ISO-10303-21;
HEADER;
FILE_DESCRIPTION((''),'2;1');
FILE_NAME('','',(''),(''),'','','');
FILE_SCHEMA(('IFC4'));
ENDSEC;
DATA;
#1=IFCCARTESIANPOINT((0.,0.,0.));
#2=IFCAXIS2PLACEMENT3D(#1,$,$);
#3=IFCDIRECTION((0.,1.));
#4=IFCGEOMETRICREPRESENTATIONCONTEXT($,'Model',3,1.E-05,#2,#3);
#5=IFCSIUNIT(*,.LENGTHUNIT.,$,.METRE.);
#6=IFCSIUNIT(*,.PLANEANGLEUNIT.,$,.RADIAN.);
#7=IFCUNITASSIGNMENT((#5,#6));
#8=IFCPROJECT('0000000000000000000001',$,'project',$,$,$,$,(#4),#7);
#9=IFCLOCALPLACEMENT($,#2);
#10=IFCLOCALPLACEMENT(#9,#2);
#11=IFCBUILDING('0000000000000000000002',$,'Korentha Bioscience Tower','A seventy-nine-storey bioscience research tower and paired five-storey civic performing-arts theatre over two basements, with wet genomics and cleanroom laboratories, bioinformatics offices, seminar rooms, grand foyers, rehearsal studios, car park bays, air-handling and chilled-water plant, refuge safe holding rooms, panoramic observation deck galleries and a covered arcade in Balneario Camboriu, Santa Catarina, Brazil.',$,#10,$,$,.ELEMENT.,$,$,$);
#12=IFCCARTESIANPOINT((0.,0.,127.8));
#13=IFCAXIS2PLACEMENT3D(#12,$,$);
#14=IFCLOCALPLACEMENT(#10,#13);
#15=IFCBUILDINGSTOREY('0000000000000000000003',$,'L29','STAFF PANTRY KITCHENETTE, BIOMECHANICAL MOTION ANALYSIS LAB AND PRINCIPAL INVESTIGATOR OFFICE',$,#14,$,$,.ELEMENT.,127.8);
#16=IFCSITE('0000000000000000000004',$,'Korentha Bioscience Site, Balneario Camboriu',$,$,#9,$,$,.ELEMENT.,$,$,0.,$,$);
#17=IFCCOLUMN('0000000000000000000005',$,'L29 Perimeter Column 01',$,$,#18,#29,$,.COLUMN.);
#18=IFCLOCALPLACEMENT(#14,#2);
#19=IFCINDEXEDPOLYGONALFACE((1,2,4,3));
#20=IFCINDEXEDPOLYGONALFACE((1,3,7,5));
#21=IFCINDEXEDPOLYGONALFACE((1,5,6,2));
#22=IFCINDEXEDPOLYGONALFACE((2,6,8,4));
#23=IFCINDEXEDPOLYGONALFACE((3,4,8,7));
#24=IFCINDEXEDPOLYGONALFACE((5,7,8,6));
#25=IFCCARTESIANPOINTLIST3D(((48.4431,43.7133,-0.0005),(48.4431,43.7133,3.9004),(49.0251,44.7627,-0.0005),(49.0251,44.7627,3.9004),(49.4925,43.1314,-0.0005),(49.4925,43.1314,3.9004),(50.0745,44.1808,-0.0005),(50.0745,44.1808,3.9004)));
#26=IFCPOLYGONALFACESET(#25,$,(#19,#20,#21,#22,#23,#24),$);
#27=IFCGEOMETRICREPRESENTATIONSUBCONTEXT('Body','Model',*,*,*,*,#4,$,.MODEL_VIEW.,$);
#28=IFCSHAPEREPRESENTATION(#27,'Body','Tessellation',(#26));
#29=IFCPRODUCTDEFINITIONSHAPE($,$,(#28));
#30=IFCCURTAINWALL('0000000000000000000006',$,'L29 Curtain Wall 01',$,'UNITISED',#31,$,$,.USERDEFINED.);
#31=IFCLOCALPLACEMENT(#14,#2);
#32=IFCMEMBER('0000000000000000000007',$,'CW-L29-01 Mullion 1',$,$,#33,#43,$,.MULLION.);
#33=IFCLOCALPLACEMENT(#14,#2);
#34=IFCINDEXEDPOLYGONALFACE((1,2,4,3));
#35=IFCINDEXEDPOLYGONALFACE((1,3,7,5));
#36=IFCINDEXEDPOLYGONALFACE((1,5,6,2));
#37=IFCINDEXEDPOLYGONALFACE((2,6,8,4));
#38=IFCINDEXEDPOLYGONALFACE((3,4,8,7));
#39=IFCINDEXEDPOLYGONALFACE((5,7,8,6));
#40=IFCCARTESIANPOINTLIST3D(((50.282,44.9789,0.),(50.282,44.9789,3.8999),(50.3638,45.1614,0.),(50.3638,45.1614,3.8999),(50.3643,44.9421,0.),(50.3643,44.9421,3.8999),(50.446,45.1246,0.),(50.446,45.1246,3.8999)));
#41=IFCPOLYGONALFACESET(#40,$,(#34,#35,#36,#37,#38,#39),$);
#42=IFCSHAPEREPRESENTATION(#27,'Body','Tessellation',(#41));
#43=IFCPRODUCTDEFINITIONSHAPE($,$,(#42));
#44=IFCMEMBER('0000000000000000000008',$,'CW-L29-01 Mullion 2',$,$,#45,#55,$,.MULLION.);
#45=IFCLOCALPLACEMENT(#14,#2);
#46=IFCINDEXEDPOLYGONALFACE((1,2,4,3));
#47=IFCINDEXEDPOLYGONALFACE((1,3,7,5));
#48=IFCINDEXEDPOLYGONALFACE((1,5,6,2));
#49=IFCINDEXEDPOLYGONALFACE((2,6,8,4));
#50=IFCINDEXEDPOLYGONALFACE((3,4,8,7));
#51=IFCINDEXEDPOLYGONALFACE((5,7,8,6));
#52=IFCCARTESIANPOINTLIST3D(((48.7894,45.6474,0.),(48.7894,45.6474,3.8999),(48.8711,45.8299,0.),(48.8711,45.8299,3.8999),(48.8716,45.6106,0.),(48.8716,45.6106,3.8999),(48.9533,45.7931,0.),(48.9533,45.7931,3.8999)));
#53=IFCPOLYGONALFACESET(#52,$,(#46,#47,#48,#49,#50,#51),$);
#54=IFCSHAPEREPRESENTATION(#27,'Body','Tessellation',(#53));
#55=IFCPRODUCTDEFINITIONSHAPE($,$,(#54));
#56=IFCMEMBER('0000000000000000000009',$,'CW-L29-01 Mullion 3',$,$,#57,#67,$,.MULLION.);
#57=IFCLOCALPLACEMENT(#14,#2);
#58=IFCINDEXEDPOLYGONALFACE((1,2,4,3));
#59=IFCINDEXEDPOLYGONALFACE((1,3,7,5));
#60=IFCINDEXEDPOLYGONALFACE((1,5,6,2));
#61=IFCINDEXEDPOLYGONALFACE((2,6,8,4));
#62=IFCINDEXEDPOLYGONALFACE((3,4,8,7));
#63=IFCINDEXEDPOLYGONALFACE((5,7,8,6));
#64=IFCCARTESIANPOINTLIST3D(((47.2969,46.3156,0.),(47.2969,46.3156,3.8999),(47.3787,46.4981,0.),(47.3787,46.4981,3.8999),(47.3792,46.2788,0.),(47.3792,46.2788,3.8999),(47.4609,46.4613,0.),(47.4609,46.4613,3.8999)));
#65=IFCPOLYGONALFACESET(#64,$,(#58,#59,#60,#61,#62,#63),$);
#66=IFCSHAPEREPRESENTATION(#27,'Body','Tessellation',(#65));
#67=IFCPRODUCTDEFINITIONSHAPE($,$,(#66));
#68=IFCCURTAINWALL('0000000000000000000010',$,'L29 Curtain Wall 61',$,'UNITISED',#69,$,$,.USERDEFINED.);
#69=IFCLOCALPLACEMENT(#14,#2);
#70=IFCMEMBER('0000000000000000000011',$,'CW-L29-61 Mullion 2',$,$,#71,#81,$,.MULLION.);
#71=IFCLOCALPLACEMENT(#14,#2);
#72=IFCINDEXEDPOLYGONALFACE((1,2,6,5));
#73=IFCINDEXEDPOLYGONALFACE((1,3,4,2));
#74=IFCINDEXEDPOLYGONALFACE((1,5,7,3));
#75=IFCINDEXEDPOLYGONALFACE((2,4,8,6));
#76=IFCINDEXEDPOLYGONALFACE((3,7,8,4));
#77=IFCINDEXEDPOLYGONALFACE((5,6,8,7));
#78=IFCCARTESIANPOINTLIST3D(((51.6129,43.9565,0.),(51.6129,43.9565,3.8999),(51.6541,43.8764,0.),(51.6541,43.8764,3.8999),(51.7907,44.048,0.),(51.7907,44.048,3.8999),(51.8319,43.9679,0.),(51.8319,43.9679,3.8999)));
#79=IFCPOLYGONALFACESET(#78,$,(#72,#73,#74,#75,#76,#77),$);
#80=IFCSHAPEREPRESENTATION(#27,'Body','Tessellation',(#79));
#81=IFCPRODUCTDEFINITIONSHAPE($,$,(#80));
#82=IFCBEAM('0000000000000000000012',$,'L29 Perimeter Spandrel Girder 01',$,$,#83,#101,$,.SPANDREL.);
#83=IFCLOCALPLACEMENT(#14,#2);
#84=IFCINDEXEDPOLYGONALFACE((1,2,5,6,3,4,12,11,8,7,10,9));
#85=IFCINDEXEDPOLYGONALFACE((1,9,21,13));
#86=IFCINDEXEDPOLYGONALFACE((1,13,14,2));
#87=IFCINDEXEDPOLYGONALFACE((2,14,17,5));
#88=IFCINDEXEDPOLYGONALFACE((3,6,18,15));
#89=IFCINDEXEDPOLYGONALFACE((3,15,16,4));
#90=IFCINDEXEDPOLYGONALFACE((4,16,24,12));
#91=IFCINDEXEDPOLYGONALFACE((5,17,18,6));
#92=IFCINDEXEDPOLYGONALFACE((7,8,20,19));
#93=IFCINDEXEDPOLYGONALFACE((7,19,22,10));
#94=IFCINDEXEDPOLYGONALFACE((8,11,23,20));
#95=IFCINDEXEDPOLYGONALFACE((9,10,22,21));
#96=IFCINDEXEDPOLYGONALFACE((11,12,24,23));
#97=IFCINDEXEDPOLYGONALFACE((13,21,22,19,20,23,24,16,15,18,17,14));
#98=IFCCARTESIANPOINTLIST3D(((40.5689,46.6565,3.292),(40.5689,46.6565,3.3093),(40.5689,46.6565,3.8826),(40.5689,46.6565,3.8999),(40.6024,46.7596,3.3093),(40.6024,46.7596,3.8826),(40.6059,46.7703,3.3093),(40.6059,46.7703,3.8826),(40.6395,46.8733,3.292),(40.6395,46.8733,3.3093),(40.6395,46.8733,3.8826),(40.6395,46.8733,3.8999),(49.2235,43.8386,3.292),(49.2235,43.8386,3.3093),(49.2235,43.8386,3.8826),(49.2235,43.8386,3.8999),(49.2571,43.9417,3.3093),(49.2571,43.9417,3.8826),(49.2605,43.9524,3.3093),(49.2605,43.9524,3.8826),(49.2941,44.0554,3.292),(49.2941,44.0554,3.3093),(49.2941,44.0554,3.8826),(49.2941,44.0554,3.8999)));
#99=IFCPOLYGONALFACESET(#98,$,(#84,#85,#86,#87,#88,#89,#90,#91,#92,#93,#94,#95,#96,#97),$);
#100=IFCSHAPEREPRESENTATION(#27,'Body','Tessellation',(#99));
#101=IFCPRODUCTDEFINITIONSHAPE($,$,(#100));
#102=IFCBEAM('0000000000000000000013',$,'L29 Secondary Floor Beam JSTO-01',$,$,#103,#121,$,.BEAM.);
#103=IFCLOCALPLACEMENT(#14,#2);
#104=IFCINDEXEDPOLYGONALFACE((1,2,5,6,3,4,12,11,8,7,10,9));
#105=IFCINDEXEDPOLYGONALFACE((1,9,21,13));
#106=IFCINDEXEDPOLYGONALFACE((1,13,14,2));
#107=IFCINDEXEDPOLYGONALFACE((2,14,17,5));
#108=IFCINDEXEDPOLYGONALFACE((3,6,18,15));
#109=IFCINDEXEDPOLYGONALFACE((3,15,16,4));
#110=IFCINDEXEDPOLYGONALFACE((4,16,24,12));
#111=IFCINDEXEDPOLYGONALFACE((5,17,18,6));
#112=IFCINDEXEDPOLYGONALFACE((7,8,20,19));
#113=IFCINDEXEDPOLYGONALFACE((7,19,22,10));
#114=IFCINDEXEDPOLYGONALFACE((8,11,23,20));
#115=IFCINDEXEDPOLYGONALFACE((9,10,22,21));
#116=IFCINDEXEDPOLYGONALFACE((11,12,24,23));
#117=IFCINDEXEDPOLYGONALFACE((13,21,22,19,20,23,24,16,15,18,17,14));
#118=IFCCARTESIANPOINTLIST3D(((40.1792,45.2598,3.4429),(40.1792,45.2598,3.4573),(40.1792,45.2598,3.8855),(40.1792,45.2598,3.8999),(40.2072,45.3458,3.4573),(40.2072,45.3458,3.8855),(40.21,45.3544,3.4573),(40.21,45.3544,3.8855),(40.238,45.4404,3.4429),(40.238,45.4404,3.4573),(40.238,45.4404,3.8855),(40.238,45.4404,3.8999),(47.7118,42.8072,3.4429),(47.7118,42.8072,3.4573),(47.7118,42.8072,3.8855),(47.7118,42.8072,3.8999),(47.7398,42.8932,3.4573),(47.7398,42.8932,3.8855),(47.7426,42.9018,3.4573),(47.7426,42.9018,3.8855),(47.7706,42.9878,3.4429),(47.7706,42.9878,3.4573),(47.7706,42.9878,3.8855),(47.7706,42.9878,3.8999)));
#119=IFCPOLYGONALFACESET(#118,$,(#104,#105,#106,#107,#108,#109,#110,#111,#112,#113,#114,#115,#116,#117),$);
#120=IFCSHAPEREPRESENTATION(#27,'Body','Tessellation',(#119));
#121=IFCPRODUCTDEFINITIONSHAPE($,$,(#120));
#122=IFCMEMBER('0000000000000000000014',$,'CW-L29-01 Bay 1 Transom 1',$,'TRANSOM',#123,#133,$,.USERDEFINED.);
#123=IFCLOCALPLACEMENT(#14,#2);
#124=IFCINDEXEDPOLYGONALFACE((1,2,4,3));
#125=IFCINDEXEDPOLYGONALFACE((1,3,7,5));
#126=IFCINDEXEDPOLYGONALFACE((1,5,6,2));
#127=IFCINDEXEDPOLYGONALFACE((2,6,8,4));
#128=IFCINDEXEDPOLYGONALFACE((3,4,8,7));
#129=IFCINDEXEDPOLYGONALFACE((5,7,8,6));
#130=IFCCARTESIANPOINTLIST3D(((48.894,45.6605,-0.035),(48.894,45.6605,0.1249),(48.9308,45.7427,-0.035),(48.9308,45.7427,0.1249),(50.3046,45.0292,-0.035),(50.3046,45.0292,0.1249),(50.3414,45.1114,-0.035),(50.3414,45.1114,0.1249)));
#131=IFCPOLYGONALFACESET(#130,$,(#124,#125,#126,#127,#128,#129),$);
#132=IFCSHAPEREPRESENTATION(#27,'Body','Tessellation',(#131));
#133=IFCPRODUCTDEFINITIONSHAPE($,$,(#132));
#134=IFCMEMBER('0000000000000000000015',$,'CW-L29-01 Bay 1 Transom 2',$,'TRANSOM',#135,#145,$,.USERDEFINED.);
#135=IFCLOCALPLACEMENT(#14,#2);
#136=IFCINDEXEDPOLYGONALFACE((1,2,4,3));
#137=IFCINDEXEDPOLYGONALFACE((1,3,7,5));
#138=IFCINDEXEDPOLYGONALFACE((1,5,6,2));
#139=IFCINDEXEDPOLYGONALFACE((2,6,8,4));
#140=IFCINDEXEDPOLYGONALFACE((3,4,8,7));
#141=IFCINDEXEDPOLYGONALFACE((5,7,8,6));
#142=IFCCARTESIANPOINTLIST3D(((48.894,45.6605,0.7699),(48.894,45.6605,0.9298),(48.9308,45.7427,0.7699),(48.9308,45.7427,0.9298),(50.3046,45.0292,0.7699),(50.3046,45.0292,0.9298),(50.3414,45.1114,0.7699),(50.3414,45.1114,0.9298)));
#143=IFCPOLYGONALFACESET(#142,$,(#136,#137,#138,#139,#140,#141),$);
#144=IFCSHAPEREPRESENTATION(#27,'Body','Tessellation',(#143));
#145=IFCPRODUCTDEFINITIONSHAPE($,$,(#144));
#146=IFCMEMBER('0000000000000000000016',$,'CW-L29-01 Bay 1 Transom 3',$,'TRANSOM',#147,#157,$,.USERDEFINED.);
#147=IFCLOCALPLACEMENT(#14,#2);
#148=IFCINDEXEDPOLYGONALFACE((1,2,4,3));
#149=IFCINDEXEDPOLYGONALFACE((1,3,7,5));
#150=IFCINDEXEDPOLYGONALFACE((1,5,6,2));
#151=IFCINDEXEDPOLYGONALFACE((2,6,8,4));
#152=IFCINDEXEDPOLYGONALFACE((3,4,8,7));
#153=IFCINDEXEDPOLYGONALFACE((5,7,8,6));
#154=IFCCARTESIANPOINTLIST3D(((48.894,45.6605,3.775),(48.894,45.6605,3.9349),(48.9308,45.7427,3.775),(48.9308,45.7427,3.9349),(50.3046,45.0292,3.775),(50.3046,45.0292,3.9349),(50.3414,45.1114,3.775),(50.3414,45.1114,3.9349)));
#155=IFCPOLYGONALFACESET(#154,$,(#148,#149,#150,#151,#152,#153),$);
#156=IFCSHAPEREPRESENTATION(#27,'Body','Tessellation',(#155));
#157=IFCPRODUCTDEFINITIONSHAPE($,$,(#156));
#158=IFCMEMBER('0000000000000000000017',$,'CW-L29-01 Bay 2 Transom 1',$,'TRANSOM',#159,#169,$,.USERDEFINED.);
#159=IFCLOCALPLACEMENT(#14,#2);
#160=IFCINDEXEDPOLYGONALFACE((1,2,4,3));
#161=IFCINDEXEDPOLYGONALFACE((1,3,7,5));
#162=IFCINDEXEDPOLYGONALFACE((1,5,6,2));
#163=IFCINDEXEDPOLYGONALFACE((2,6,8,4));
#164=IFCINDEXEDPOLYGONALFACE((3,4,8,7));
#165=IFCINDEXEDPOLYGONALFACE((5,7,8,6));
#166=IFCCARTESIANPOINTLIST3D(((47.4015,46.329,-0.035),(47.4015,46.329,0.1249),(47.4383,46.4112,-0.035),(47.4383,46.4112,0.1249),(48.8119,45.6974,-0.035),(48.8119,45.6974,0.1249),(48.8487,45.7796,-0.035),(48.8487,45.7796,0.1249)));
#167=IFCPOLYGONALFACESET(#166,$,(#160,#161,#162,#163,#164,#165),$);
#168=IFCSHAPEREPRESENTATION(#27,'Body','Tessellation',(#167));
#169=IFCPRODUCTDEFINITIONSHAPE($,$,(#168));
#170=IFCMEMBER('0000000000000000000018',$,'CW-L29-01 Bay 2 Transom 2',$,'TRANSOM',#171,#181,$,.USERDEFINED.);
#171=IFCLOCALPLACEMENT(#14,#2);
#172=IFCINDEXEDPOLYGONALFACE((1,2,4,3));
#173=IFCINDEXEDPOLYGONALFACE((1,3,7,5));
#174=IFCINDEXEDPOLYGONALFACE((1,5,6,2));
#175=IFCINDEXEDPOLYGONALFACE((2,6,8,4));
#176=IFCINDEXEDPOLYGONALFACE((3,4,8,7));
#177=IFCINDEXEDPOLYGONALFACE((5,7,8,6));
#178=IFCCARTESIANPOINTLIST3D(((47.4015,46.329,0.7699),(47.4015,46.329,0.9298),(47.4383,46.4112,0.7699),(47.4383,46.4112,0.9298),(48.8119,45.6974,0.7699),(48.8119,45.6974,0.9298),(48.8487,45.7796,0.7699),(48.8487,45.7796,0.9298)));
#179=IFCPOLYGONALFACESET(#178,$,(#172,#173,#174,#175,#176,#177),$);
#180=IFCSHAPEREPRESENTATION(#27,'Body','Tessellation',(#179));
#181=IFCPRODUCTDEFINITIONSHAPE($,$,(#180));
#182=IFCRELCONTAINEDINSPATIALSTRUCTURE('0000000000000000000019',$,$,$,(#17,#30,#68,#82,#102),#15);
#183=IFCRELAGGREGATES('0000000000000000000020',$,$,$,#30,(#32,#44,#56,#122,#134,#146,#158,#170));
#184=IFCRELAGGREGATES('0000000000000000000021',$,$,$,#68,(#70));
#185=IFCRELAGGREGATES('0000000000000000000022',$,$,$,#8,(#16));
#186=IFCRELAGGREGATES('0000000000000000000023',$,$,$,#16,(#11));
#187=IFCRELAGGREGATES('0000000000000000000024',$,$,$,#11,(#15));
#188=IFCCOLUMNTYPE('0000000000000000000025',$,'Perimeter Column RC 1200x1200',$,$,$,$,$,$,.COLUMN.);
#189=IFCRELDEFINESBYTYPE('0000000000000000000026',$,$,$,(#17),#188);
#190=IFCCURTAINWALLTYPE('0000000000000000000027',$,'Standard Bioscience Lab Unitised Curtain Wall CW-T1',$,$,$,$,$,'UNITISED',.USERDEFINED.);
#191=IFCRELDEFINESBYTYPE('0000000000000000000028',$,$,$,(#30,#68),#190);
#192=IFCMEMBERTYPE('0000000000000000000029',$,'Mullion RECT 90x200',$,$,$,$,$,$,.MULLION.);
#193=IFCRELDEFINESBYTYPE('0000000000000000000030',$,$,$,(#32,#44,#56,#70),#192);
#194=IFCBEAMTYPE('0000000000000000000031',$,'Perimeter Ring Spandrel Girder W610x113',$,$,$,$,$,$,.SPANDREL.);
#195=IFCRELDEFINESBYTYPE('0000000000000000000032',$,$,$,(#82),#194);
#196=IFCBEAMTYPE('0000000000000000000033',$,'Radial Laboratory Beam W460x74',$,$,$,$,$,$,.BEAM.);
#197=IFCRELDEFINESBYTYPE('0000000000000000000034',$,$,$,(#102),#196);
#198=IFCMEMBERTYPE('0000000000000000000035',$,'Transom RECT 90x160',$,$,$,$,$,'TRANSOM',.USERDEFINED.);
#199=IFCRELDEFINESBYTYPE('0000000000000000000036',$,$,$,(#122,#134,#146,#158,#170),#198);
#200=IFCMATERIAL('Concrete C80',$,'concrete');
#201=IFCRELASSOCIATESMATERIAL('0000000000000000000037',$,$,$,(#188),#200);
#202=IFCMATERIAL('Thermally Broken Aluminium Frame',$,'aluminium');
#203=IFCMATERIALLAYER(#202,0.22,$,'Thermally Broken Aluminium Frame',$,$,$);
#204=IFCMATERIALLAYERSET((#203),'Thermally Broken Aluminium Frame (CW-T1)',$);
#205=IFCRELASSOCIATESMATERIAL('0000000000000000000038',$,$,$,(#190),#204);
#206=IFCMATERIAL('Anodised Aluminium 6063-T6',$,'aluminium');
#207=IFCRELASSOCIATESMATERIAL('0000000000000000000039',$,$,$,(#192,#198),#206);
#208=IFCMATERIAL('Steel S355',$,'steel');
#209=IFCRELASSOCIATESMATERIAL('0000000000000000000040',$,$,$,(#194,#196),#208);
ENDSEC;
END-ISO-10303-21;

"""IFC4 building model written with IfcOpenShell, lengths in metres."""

from ifc_helpers import new_model, si_unit, direction, frame, origin, origin_2d, place, context, subcontext, project, spatial, rectangle, i_section, extrude, material, layer, layer_set, material_profile, profile_set, type_object, element, aggregate, save


model = new_model("IFC4")

# Units and contexts
model_context = context("Model", 3, precision=1e-05, world=origin(), true_north=direction((0.0, 1.0)))
body_context = subcontext(model_context, "Body", "Model", "MODEL_VIEW")
ifc_project = project(units=[si_unit("LENGTHUNIT", "METRE"), si_unit("PLANEANGLEUNIT", "RADIAN")], contexts=[model_context])

# Site, building, storey
site_placement = place(None, origin())
site = spatial("IfcSite", under=ifc_project, at=site_placement, Name="Korentha Bioscience Site, Balneario Camboriu", CompositionType="ELEMENT", RefElevation=0.0)
building_placement = place(site_placement, origin())
building = spatial("IfcBuilding", under=site, at=building_placement, Name="Korentha Bioscience Tower", Description="A seventy-nine-storey bioscience research tower and paired five-storey civic performing-arts theatre over two basements, with wet genomics and cleanroom laboratories, bioinformatics offices, seminar rooms, grand foyers, rehearsal studios, car park bays, air-handling and chilled-water plant, refuge safe holding rooms, panoramic observation deck galleries and a covered arcade in Balneario Camboriu, Santa Catarina, Brazil.", CompositionType="ELEMENT")
storey_placement = place(building_placement, frame((0.0, 0.0, 127.8)))
storey = spatial("IfcBuildingStorey", under=building, at=storey_placement, Name="L29", Description="STAFF PANTRY KITCHENETTE, BIOMECHANICAL MOTION ANALYSIS LAB AND PRINCIPAL INVESTIGATOR OFFICE", CompositionType="ELEMENT", Elevation=127.8)

# Column
ifc_material_1 = material(Name="Concrete C80", Category="concrete")
ifc_material_profile_1 = material_profile(ifc_material_1, rectangle(XDim=1.2, YDim=1.2, at=origin_2d()), Name="Concrete C80")
ifc_profile_set_1 = profile_set([ifc_material_profile_1], Name="Concrete C80 (COL-P12)")
column_type = type_object("IfcColumnType", Name="Perimeter Column RC 1200x1200", PredefinedType="COLUMN", material=ifc_profile_set_1)
column_placement = place(storey_placement, frame((49.2588, 43.947, -0.0005), z_axis=(0.0, 0.0, 1.0), x_axis=(-0.874535, 0.484962, 0.0)))
element("IfcColumn", 1, at=column_placement, inside=storey, type_object=column_type, Name="L29 Perimeter Column 01", PredefinedType="COLUMN", context=body_context, shape_type="SweptSolid", body=[
    extrude(rectangle(XDim=1.2, YDim=1.2, at=origin_2d()), origin(), (0.0, 0.0, 1.0), 3.9009),
])

# Curtain wall, members
ifc_material_2 = material(Name="Thermally Broken Aluminium Frame", Category="aluminium")
ifc_layer_1 = layer(ifc_material_2, 0.22, Name="Thermally Broken Aluminium Frame")
ifc_layer_set_1 = layer_set([ifc_layer_1], Name="Thermally Broken Aluminium Frame (CW-T1)")
curtain_wall_type = type_object("IfcCurtainWallType", Name="Standard Bioscience Lab Unitised Curtain Wall CW-T1", ElementType="UNITISED", PredefinedType="USERDEFINED", material=ifc_layer_set_1)
curtain_wall_1_placement = place(storey_placement, origin())
curtain_wall_1 = element("IfcCurtainWall", 2, at=curtain_wall_1_placement, inside=storey, type_object=curtain_wall_type, Name="L29 Curtain Wall 01", ObjectType="UNITISED", PredefinedType="USERDEFINED")
ifc_material_3 = material(Name="Anodised Aluminium 6063-T6", Category="aluminium")
ifc_material_profile_2 = material_profile(ifc_material_3, rectangle(XDim=0.0901, YDim=0.2, at=origin_2d()), Name="Anodised Aluminium 6063-T6")
ifc_profile_set_2 = profile_set([ifc_material_profile_2], Name="Anodised Aluminium 6063-T6 (CW-MUL)")
member_type_1 = type_object("IfcMemberType", Name="Mullion RECT 90x200", PredefinedType="MULLION", material=ifc_profile_set_2)
member_1_placement = place(storey_placement, frame((50.364, 45.0518, 0.0), z_axis=(0.0, 0.0, 1.0), x_axis=(-0.912687, 0.40866, 0.0)))
member_1 = element("IfcMember", 3, at=member_1_placement, type_object=member_type_1, Name="CW-L29-01 Mullion 1", PredefinedType="MULLION", context=body_context, shape_type="SweptSolid", body=[
    extrude(rectangle(XDim=0.0901, YDim=0.2, at=origin_2d()), origin(), (0.0, 0.0, 1.0), 3.8999),
])
member_2_placement = place(storey_placement, frame((48.8713, 45.7202, 0.0), z_axis=(0.0, 0.0, 1.0), x_axis=(-0.912687, 0.40866, 0.0)))
member_2 = element("IfcMember", 4, at=member_2_placement, type_object=member_type_1, Name="CW-L29-01 Mullion 2", PredefinedType="MULLION", context=body_context, shape_type="SweptSolid", body=[
    extrude(rectangle(XDim=0.0901, YDim=0.2, at=origin_2d()), origin(), (0.0, 0.0, 1.0), 3.8999),
])
member_3_placement = place(storey_placement, frame((47.3789, 46.3884, 0.0), z_axis=(0.0, 0.0, 1.0), x_axis=(-0.912687, 0.40866, 0.0)))
member_3 = element("IfcMember", 5, at=member_3_placement, type_object=member_type_1, Name="CW-L29-01 Mullion 3", PredefinedType="MULLION", context=body_context, shape_type="SweptSolid", body=[
    extrude(rectangle(XDim=0.0901, YDim=0.2, at=origin_2d()), origin(), (0.0, 0.0, 1.0), 3.8999),
])

# Curtain wall, member
curtain_wall_2_placement = place(storey_placement, origin())
curtain_wall_2 = element("IfcCurtainWall", 6, at=curtain_wall_2_placement, inside=storey, type_object=curtain_wall_type, Name="L29 Curtain Wall 61", ObjectType="UNITISED", PredefinedType="USERDEFINED")
member_4_placement = place(storey_placement, frame((51.7224, 43.9622, 0.0), z_axis=(0.0, 0.0, 1.0), x_axis=(-0.457613, 0.889151, 0.0)))
member_4 = element("IfcMember", 7, at=member_4_placement, type_object=member_type_1, Name="CW-L29-61 Mullion 2", PredefinedType="MULLION", context=body_context, shape_type="SweptSolid", body=[
    extrude(rectangle(XDim=0.0901, YDim=0.2, at=origin_2d()), origin(), (0.0, 0.0, 1.0), 3.8999),
])

# Beams
ifc_material_4 = material(Name="Steel S355", Category="steel")
ifc_material_profile_3 = material_profile(ifc_material_4, i_section(OverallWidth=0.228, OverallDepth=0.6079, WebThickness=0.0112, FlangeThickness=0.0173, at=origin_2d()), Name="Steel S355")
ifc_profile_set_3 = profile_set([ifc_material_profile_3], Name="Steel S355 (SB-610)")
beam_type_1 = type_object("IfcBeamType", Name="Perimeter Ring Spandrel Girder W610x113", PredefinedType="SPANDREL", material=ifc_profile_set_3)
beam_1_placement = place(storey_placement, frame((49.2588, 43.947, 3.5959), z_axis=(-0.950868, 0.309597, 0.0), x_axis=(-0.309597, -0.950868, 0.0)))
element("IfcBeam", 8, at=beam_1_placement, inside=storey, type_object=beam_type_1, Name="L29 Perimeter Spandrel Girder 01", PredefinedType="SPANDREL", context=body_context, shape_type="SweptSolid", body=[
    extrude(i_section(OverallWidth=0.228, OverallDepth=0.6079, WebThickness=0.0112, FlangeThickness=0.0173, at=origin_2d()), origin(), (0.0, 0.0, 1.0), 9.1018),
])
ifc_material_profile_4 = material_profile(ifc_material_4, i_section(OverallWidth=0.1899, OverallDepth=0.457, WebThickness=0.009, FlangeThickness=0.0144, at=origin_2d()), Name="Steel S355")
ifc_profile_set_4 = profile_set([ifc_material_profile_4], Name="Steel S355 (RB-460)")
beam_type_2 = type_object("IfcBeamType", Name="Radial Laboratory Beam W460x74", PredefinedType="BEAM", material=ifc_profile_set_4)
beam_2_placement = place(storey_placement, frame((47.7412, 42.8975, 3.6714), z_axis=(-0.950867, 0.3096, 0.0), x_axis=(-0.3096, -0.950867, 0.0)))
element("IfcBeam", 9, at=beam_2_placement, inside=storey, type_object=beam_type_2, Name="L29 Secondary Floor Beam JSTO-01", PredefinedType="BEAM", context=body_context, shape_type="SweptSolid", body=[
    extrude(i_section(OverallWidth=0.1899, OverallDepth=0.457, WebThickness=0.009, FlangeThickness=0.0144, at=origin_2d()), origin(), (0.0, 0.0, 1.0), 7.9219),
])

# Members
ifc_material_profile_5 = material_profile(ifc_material_3, rectangle(XDim=0.0901, YDim=0.1599, at=origin_2d()), Name="Anodised Aluminium 6063-T6")
ifc_profile_set_5 = profile_set([ifc_material_profile_5], Name="Anodised Aluminium 6063-T6 (CW-TRN)")
member_type_2 = type_object("IfcMemberType", Name="Transom RECT 90x160", ElementType="TRANSOM", PredefinedType="USERDEFINED", material=ifc_profile_set_5)
member_5_placement = place(storey_placement, frame((50.323, 45.0703, 0.0449), z_axis=(-0.912753, 0.408512, 0.0), x_axis=(-0.408512, -0.912753, 0.0)))
member_5 = element("IfcMember", 10, at=member_5_placement, type_object=member_type_2, Name="CW-L29-01 Bay 1 Transom 1", ObjectType="TRANSOM", PredefinedType="USERDEFINED", context=body_context, shape_type="SweptSolid", body=[
    extrude(rectangle(XDim=0.0901, YDim=0.1599, at=origin_2d()), origin(), (0.0, 0.0, 1.0), 1.5454),
])
member_6_placement = place(storey_placement, frame((50.323, 45.0703, 0.8499), z_axis=(-0.912753, 0.408512, 0.0), x_axis=(-0.408512, -0.912753, 0.0)))
member_6 = element("IfcMember", 11, at=member_6_placement, type_object=member_type_2, Name="CW-L29-01 Bay 1 Transom 2", ObjectType="TRANSOM", PredefinedType="USERDEFINED", context=body_context, shape_type="SweptSolid", body=[
    extrude(rectangle(XDim=0.0901, YDim=0.1599, at=origin_2d()), origin(), (0.0, 0.0, 1.0), 1.5454),
])
member_7_placement = place(storey_placement, frame((50.323, 45.0703, 3.855), z_axis=(-0.912753, 0.408512, 0.0), x_axis=(-0.408512, -0.912753, 0.0)))
member_7 = element("IfcMember", 12, at=member_7_placement, type_object=member_type_2, Name="CW-L29-01 Bay 1 Transom 3", ObjectType="TRANSOM", PredefinedType="USERDEFINED", context=body_context, shape_type="SweptSolid", body=[
    extrude(rectangle(XDim=0.0901, YDim=0.1599, at=origin_2d()), origin(), (0.0, 0.0, 1.0), 1.5454),
])
member_8_placement = place(storey_placement, frame((48.8303, 45.7385, 0.0449), z_axis=(-0.912668, 0.408702, 0.0), x_axis=(-0.408702, -0.912668, 0.0)))
member_8 = element("IfcMember", 13, at=member_8_placement, type_object=member_type_2, Name="CW-L29-01 Bay 2 Transom 1", ObjectType="TRANSOM", PredefinedType="USERDEFINED", context=body_context, shape_type="SweptSolid", body=[
    extrude(rectangle(XDim=0.0901, YDim=0.1599, at=origin_2d()), origin(), (0.0, 0.0, 1.0), 1.5454),
])
member_9_placement = place(storey_placement, frame((48.8303, 45.7385, 0.8499), z_axis=(-0.912668, 0.408702, 0.0), x_axis=(-0.408702, -0.912668, 0.0)))
member_9 = element("IfcMember", 14, at=member_9_placement, type_object=member_type_2, Name="CW-L29-01 Bay 2 Transom 2", ObjectType="TRANSOM", PredefinedType="USERDEFINED", context=body_context, shape_type="SweptSolid", body=[
    extrude(rectangle(XDim=0.0901, YDim=0.1599, at=origin_2d()), origin(), (0.0, 0.0, 1.0), 1.5454),
])

aggregate(curtain_wall_1, [member_1, member_2, member_3, member_5, member_6, member_7, member_8, member_9])
aggregate(curtain_wall_2, [member_4])

save(model, "model.ifc")
